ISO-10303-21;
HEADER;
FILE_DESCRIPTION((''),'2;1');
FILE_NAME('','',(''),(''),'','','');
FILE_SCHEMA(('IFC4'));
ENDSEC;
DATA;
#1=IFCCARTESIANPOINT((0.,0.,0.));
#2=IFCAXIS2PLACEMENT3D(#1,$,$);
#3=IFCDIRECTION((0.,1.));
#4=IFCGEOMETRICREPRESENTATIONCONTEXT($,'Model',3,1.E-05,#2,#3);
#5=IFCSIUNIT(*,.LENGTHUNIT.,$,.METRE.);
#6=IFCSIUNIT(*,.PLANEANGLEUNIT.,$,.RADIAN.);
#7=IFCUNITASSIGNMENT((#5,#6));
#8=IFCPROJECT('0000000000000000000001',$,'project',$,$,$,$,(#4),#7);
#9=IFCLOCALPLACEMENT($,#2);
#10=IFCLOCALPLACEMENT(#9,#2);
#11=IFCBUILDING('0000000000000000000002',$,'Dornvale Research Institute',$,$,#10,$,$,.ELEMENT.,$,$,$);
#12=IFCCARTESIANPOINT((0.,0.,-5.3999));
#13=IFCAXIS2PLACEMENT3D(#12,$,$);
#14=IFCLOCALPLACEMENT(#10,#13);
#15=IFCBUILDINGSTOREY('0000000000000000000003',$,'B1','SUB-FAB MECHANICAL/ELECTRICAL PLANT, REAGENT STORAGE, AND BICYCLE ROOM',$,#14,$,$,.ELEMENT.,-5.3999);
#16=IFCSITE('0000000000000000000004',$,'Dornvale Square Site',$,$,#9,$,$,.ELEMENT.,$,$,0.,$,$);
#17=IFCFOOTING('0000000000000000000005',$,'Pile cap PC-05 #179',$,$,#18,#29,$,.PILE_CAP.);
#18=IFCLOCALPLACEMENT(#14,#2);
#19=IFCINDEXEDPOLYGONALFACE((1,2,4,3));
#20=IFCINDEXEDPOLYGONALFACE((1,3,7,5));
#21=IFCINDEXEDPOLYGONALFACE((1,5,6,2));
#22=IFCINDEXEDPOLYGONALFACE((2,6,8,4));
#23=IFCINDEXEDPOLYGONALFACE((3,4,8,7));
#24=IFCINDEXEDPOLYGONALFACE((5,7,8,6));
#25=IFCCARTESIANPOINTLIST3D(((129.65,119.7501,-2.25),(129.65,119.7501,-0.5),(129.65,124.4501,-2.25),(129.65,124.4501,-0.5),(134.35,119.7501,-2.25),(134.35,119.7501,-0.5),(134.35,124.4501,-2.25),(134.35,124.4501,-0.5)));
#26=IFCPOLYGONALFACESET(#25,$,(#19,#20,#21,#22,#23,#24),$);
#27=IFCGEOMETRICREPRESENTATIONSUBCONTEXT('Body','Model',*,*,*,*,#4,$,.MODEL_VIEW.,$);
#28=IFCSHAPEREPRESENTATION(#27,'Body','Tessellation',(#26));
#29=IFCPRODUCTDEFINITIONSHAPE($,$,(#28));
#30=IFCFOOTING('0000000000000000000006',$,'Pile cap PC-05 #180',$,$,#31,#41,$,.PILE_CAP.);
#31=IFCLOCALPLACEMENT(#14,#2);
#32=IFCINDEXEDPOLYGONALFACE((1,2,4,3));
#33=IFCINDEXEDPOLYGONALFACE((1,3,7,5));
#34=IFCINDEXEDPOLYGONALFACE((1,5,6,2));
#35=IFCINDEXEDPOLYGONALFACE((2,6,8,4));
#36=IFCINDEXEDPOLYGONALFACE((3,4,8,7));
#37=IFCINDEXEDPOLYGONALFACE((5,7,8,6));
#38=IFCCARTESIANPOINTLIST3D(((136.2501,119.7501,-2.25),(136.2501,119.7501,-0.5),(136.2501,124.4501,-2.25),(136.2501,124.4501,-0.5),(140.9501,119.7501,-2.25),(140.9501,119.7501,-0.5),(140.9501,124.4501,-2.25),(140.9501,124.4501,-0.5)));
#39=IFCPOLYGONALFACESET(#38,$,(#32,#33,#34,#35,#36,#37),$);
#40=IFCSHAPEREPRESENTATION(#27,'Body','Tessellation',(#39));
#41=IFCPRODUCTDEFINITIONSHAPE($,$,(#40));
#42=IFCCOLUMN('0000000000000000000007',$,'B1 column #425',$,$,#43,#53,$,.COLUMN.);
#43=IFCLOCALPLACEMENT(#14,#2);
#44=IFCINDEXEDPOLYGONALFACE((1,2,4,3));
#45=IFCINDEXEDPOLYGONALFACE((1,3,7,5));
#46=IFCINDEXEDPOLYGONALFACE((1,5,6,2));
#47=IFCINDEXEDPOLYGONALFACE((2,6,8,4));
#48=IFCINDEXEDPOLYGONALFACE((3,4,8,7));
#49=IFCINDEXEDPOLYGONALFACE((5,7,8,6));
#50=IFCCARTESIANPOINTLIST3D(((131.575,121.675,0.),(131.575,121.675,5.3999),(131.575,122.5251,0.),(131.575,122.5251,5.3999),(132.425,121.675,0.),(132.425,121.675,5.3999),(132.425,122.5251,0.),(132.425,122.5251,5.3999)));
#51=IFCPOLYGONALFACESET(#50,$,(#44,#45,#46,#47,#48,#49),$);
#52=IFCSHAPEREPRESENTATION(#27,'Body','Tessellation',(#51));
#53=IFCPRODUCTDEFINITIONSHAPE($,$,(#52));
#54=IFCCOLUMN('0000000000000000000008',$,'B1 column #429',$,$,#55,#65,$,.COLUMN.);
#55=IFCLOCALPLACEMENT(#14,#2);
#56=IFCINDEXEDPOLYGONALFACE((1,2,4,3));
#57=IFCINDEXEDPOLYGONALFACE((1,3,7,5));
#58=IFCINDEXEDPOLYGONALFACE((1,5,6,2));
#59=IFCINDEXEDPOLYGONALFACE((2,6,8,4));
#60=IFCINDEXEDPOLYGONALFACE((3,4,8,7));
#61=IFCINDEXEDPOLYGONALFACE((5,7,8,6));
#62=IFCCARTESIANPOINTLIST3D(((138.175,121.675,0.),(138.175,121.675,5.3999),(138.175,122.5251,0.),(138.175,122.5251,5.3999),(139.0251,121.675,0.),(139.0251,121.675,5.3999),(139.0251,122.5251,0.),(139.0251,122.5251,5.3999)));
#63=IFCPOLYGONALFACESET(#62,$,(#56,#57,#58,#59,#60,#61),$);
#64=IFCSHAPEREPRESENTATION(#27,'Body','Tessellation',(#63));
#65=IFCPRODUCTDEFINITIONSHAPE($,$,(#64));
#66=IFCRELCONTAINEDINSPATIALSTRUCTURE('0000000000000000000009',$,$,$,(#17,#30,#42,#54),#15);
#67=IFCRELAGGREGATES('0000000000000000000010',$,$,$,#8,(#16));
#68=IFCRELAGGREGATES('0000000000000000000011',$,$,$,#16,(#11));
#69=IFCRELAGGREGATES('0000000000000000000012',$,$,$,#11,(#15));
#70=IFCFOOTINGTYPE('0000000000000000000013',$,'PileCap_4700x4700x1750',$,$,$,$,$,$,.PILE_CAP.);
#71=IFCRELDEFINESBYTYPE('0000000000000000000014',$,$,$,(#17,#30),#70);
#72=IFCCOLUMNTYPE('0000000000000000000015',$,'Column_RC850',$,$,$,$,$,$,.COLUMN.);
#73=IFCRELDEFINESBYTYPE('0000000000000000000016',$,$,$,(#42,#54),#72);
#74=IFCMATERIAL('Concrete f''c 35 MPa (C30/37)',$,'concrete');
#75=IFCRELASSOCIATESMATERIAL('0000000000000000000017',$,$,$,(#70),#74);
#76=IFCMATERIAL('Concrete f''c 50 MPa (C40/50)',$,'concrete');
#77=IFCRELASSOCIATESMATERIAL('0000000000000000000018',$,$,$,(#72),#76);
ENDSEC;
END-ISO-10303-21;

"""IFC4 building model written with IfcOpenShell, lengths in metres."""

from ifc_helpers import new_model, si_unit, direction, frame, origin, origin_2d, place, context, subcontext, project, spatial, rectangle, extrude, material, material_profile, profile_set, type_object, element, save


model = new_model("IFC4")

# Units and contexts
model_context = context("Model", 3, precision=1e-05, world=origin(), true_north=direction((0.0, 1.0)))
body_context = subcontext(model_context, "Body", "Model", "MODEL_VIEW")
ifc_project = project(units=[si_unit("LENGTHUNIT", "METRE"), si_unit("PLANEANGLEUNIT", "RADIAN")], contexts=[model_context])

# Site, building, storey
site_placement = place(None, origin())
site = spatial("IfcSite", under=ifc_project, at=site_placement, Name="Dornvale Square Site", CompositionType="ELEMENT", RefElevation=0.0)
building_placement = place(site_placement, origin())
building = spatial("IfcBuilding", under=site, at=building_placement, Name="Dornvale Research Institute", CompositionType="ELEMENT")
storey_placement = place(building_placement, frame((0.0, 0.0, -5.3999)))
storey = spatial("IfcBuildingStorey", under=building, at=storey_placement, Name="B1", Description="SUB-FAB MECHANICAL/ELECTRICAL PLANT, REAGENT STORAGE, AND BICYCLE ROOM", CompositionType="ELEMENT", Elevation=-5.3999)

# Footings
ifc_material_1 = material(Name="Concrete f'c 35 MPa (C30/37)", Category="concrete")
footing_type_1 = type_object("IfcFootingType", Name="PileCap_4700x4700x1750", PredefinedType="PILE_CAP", material=ifc_material_1)
for number, where, z_axis, x_axis, name in (
    (1, (132.0, 122.1001, -2.25), (0.0, 0.0, 1.0), (1.0, 0.0, 0.0), "Pile cap PC-05 #179"),
    (2, (138.6001, 122.1001, -2.25), (0.0, 0.0, 1.0), (1.0, 0.0, 0.0), "Pile cap PC-05 #180"),
):
    element("IfcFooting", number, at=place(storey_placement, frame(where, z_axis=z_axis, x_axis=x_axis)), inside=storey, type_object=footing_type_1, Name=name, PredefinedType="PILE_CAP", context=body_context, shape_type="SweptSolid", body=[
        extrude(rectangle(XDim=4.7, YDim=4.7, at=origin_2d()), origin(), (0.0, 0.0, 1.0), 1.75),
    ])

# Columns
ifc_material_2 = material(Name="Concrete f'c 50 MPa (C40/50)", Category="concrete")
ifc_material_profile_1 = material_profile(ifc_material_2, rectangle(XDim=0.8501, YDim=0.8501, at=origin_2d()), Name="RC 850x850")
ifc_profile_set_1 = profile_set([ifc_material_profile_1], Name="Concrete f'c 50 MPa (C40/50)")
column_type = type_object("IfcColumnType", Name="Column_RC850", PredefinedType="COLUMN", material=ifc_profile_set_1)
for number, where, z_axis, x_axis, name in (
    (3, (132.0, 122.1001, 0.0), (0.0, 0.0, 1.0), (1.0, 0.0, 0.0), "B1 column #425"),
    (4, (138.6001, 122.1001, 0.0), (0.0, 0.0, 1.0), (1.0, 0.0, 0.0), "B1 column #429"),
):
    element("IfcColumn", number, at=place(storey_placement, frame(where, z_axis=z_axis, x_axis=x_axis)), inside=storey, type_object=column_type, Name=name, PredefinedType="COLUMN", context=body_context, shape_type="SweptSolid", body=[
        extrude(rectangle(XDim=0.8501, YDim=0.8501, at=origin_2d()), origin(), (0.0, 0.0, 1.0), 5.3999),
    ])

save(model, "model.ifc")
